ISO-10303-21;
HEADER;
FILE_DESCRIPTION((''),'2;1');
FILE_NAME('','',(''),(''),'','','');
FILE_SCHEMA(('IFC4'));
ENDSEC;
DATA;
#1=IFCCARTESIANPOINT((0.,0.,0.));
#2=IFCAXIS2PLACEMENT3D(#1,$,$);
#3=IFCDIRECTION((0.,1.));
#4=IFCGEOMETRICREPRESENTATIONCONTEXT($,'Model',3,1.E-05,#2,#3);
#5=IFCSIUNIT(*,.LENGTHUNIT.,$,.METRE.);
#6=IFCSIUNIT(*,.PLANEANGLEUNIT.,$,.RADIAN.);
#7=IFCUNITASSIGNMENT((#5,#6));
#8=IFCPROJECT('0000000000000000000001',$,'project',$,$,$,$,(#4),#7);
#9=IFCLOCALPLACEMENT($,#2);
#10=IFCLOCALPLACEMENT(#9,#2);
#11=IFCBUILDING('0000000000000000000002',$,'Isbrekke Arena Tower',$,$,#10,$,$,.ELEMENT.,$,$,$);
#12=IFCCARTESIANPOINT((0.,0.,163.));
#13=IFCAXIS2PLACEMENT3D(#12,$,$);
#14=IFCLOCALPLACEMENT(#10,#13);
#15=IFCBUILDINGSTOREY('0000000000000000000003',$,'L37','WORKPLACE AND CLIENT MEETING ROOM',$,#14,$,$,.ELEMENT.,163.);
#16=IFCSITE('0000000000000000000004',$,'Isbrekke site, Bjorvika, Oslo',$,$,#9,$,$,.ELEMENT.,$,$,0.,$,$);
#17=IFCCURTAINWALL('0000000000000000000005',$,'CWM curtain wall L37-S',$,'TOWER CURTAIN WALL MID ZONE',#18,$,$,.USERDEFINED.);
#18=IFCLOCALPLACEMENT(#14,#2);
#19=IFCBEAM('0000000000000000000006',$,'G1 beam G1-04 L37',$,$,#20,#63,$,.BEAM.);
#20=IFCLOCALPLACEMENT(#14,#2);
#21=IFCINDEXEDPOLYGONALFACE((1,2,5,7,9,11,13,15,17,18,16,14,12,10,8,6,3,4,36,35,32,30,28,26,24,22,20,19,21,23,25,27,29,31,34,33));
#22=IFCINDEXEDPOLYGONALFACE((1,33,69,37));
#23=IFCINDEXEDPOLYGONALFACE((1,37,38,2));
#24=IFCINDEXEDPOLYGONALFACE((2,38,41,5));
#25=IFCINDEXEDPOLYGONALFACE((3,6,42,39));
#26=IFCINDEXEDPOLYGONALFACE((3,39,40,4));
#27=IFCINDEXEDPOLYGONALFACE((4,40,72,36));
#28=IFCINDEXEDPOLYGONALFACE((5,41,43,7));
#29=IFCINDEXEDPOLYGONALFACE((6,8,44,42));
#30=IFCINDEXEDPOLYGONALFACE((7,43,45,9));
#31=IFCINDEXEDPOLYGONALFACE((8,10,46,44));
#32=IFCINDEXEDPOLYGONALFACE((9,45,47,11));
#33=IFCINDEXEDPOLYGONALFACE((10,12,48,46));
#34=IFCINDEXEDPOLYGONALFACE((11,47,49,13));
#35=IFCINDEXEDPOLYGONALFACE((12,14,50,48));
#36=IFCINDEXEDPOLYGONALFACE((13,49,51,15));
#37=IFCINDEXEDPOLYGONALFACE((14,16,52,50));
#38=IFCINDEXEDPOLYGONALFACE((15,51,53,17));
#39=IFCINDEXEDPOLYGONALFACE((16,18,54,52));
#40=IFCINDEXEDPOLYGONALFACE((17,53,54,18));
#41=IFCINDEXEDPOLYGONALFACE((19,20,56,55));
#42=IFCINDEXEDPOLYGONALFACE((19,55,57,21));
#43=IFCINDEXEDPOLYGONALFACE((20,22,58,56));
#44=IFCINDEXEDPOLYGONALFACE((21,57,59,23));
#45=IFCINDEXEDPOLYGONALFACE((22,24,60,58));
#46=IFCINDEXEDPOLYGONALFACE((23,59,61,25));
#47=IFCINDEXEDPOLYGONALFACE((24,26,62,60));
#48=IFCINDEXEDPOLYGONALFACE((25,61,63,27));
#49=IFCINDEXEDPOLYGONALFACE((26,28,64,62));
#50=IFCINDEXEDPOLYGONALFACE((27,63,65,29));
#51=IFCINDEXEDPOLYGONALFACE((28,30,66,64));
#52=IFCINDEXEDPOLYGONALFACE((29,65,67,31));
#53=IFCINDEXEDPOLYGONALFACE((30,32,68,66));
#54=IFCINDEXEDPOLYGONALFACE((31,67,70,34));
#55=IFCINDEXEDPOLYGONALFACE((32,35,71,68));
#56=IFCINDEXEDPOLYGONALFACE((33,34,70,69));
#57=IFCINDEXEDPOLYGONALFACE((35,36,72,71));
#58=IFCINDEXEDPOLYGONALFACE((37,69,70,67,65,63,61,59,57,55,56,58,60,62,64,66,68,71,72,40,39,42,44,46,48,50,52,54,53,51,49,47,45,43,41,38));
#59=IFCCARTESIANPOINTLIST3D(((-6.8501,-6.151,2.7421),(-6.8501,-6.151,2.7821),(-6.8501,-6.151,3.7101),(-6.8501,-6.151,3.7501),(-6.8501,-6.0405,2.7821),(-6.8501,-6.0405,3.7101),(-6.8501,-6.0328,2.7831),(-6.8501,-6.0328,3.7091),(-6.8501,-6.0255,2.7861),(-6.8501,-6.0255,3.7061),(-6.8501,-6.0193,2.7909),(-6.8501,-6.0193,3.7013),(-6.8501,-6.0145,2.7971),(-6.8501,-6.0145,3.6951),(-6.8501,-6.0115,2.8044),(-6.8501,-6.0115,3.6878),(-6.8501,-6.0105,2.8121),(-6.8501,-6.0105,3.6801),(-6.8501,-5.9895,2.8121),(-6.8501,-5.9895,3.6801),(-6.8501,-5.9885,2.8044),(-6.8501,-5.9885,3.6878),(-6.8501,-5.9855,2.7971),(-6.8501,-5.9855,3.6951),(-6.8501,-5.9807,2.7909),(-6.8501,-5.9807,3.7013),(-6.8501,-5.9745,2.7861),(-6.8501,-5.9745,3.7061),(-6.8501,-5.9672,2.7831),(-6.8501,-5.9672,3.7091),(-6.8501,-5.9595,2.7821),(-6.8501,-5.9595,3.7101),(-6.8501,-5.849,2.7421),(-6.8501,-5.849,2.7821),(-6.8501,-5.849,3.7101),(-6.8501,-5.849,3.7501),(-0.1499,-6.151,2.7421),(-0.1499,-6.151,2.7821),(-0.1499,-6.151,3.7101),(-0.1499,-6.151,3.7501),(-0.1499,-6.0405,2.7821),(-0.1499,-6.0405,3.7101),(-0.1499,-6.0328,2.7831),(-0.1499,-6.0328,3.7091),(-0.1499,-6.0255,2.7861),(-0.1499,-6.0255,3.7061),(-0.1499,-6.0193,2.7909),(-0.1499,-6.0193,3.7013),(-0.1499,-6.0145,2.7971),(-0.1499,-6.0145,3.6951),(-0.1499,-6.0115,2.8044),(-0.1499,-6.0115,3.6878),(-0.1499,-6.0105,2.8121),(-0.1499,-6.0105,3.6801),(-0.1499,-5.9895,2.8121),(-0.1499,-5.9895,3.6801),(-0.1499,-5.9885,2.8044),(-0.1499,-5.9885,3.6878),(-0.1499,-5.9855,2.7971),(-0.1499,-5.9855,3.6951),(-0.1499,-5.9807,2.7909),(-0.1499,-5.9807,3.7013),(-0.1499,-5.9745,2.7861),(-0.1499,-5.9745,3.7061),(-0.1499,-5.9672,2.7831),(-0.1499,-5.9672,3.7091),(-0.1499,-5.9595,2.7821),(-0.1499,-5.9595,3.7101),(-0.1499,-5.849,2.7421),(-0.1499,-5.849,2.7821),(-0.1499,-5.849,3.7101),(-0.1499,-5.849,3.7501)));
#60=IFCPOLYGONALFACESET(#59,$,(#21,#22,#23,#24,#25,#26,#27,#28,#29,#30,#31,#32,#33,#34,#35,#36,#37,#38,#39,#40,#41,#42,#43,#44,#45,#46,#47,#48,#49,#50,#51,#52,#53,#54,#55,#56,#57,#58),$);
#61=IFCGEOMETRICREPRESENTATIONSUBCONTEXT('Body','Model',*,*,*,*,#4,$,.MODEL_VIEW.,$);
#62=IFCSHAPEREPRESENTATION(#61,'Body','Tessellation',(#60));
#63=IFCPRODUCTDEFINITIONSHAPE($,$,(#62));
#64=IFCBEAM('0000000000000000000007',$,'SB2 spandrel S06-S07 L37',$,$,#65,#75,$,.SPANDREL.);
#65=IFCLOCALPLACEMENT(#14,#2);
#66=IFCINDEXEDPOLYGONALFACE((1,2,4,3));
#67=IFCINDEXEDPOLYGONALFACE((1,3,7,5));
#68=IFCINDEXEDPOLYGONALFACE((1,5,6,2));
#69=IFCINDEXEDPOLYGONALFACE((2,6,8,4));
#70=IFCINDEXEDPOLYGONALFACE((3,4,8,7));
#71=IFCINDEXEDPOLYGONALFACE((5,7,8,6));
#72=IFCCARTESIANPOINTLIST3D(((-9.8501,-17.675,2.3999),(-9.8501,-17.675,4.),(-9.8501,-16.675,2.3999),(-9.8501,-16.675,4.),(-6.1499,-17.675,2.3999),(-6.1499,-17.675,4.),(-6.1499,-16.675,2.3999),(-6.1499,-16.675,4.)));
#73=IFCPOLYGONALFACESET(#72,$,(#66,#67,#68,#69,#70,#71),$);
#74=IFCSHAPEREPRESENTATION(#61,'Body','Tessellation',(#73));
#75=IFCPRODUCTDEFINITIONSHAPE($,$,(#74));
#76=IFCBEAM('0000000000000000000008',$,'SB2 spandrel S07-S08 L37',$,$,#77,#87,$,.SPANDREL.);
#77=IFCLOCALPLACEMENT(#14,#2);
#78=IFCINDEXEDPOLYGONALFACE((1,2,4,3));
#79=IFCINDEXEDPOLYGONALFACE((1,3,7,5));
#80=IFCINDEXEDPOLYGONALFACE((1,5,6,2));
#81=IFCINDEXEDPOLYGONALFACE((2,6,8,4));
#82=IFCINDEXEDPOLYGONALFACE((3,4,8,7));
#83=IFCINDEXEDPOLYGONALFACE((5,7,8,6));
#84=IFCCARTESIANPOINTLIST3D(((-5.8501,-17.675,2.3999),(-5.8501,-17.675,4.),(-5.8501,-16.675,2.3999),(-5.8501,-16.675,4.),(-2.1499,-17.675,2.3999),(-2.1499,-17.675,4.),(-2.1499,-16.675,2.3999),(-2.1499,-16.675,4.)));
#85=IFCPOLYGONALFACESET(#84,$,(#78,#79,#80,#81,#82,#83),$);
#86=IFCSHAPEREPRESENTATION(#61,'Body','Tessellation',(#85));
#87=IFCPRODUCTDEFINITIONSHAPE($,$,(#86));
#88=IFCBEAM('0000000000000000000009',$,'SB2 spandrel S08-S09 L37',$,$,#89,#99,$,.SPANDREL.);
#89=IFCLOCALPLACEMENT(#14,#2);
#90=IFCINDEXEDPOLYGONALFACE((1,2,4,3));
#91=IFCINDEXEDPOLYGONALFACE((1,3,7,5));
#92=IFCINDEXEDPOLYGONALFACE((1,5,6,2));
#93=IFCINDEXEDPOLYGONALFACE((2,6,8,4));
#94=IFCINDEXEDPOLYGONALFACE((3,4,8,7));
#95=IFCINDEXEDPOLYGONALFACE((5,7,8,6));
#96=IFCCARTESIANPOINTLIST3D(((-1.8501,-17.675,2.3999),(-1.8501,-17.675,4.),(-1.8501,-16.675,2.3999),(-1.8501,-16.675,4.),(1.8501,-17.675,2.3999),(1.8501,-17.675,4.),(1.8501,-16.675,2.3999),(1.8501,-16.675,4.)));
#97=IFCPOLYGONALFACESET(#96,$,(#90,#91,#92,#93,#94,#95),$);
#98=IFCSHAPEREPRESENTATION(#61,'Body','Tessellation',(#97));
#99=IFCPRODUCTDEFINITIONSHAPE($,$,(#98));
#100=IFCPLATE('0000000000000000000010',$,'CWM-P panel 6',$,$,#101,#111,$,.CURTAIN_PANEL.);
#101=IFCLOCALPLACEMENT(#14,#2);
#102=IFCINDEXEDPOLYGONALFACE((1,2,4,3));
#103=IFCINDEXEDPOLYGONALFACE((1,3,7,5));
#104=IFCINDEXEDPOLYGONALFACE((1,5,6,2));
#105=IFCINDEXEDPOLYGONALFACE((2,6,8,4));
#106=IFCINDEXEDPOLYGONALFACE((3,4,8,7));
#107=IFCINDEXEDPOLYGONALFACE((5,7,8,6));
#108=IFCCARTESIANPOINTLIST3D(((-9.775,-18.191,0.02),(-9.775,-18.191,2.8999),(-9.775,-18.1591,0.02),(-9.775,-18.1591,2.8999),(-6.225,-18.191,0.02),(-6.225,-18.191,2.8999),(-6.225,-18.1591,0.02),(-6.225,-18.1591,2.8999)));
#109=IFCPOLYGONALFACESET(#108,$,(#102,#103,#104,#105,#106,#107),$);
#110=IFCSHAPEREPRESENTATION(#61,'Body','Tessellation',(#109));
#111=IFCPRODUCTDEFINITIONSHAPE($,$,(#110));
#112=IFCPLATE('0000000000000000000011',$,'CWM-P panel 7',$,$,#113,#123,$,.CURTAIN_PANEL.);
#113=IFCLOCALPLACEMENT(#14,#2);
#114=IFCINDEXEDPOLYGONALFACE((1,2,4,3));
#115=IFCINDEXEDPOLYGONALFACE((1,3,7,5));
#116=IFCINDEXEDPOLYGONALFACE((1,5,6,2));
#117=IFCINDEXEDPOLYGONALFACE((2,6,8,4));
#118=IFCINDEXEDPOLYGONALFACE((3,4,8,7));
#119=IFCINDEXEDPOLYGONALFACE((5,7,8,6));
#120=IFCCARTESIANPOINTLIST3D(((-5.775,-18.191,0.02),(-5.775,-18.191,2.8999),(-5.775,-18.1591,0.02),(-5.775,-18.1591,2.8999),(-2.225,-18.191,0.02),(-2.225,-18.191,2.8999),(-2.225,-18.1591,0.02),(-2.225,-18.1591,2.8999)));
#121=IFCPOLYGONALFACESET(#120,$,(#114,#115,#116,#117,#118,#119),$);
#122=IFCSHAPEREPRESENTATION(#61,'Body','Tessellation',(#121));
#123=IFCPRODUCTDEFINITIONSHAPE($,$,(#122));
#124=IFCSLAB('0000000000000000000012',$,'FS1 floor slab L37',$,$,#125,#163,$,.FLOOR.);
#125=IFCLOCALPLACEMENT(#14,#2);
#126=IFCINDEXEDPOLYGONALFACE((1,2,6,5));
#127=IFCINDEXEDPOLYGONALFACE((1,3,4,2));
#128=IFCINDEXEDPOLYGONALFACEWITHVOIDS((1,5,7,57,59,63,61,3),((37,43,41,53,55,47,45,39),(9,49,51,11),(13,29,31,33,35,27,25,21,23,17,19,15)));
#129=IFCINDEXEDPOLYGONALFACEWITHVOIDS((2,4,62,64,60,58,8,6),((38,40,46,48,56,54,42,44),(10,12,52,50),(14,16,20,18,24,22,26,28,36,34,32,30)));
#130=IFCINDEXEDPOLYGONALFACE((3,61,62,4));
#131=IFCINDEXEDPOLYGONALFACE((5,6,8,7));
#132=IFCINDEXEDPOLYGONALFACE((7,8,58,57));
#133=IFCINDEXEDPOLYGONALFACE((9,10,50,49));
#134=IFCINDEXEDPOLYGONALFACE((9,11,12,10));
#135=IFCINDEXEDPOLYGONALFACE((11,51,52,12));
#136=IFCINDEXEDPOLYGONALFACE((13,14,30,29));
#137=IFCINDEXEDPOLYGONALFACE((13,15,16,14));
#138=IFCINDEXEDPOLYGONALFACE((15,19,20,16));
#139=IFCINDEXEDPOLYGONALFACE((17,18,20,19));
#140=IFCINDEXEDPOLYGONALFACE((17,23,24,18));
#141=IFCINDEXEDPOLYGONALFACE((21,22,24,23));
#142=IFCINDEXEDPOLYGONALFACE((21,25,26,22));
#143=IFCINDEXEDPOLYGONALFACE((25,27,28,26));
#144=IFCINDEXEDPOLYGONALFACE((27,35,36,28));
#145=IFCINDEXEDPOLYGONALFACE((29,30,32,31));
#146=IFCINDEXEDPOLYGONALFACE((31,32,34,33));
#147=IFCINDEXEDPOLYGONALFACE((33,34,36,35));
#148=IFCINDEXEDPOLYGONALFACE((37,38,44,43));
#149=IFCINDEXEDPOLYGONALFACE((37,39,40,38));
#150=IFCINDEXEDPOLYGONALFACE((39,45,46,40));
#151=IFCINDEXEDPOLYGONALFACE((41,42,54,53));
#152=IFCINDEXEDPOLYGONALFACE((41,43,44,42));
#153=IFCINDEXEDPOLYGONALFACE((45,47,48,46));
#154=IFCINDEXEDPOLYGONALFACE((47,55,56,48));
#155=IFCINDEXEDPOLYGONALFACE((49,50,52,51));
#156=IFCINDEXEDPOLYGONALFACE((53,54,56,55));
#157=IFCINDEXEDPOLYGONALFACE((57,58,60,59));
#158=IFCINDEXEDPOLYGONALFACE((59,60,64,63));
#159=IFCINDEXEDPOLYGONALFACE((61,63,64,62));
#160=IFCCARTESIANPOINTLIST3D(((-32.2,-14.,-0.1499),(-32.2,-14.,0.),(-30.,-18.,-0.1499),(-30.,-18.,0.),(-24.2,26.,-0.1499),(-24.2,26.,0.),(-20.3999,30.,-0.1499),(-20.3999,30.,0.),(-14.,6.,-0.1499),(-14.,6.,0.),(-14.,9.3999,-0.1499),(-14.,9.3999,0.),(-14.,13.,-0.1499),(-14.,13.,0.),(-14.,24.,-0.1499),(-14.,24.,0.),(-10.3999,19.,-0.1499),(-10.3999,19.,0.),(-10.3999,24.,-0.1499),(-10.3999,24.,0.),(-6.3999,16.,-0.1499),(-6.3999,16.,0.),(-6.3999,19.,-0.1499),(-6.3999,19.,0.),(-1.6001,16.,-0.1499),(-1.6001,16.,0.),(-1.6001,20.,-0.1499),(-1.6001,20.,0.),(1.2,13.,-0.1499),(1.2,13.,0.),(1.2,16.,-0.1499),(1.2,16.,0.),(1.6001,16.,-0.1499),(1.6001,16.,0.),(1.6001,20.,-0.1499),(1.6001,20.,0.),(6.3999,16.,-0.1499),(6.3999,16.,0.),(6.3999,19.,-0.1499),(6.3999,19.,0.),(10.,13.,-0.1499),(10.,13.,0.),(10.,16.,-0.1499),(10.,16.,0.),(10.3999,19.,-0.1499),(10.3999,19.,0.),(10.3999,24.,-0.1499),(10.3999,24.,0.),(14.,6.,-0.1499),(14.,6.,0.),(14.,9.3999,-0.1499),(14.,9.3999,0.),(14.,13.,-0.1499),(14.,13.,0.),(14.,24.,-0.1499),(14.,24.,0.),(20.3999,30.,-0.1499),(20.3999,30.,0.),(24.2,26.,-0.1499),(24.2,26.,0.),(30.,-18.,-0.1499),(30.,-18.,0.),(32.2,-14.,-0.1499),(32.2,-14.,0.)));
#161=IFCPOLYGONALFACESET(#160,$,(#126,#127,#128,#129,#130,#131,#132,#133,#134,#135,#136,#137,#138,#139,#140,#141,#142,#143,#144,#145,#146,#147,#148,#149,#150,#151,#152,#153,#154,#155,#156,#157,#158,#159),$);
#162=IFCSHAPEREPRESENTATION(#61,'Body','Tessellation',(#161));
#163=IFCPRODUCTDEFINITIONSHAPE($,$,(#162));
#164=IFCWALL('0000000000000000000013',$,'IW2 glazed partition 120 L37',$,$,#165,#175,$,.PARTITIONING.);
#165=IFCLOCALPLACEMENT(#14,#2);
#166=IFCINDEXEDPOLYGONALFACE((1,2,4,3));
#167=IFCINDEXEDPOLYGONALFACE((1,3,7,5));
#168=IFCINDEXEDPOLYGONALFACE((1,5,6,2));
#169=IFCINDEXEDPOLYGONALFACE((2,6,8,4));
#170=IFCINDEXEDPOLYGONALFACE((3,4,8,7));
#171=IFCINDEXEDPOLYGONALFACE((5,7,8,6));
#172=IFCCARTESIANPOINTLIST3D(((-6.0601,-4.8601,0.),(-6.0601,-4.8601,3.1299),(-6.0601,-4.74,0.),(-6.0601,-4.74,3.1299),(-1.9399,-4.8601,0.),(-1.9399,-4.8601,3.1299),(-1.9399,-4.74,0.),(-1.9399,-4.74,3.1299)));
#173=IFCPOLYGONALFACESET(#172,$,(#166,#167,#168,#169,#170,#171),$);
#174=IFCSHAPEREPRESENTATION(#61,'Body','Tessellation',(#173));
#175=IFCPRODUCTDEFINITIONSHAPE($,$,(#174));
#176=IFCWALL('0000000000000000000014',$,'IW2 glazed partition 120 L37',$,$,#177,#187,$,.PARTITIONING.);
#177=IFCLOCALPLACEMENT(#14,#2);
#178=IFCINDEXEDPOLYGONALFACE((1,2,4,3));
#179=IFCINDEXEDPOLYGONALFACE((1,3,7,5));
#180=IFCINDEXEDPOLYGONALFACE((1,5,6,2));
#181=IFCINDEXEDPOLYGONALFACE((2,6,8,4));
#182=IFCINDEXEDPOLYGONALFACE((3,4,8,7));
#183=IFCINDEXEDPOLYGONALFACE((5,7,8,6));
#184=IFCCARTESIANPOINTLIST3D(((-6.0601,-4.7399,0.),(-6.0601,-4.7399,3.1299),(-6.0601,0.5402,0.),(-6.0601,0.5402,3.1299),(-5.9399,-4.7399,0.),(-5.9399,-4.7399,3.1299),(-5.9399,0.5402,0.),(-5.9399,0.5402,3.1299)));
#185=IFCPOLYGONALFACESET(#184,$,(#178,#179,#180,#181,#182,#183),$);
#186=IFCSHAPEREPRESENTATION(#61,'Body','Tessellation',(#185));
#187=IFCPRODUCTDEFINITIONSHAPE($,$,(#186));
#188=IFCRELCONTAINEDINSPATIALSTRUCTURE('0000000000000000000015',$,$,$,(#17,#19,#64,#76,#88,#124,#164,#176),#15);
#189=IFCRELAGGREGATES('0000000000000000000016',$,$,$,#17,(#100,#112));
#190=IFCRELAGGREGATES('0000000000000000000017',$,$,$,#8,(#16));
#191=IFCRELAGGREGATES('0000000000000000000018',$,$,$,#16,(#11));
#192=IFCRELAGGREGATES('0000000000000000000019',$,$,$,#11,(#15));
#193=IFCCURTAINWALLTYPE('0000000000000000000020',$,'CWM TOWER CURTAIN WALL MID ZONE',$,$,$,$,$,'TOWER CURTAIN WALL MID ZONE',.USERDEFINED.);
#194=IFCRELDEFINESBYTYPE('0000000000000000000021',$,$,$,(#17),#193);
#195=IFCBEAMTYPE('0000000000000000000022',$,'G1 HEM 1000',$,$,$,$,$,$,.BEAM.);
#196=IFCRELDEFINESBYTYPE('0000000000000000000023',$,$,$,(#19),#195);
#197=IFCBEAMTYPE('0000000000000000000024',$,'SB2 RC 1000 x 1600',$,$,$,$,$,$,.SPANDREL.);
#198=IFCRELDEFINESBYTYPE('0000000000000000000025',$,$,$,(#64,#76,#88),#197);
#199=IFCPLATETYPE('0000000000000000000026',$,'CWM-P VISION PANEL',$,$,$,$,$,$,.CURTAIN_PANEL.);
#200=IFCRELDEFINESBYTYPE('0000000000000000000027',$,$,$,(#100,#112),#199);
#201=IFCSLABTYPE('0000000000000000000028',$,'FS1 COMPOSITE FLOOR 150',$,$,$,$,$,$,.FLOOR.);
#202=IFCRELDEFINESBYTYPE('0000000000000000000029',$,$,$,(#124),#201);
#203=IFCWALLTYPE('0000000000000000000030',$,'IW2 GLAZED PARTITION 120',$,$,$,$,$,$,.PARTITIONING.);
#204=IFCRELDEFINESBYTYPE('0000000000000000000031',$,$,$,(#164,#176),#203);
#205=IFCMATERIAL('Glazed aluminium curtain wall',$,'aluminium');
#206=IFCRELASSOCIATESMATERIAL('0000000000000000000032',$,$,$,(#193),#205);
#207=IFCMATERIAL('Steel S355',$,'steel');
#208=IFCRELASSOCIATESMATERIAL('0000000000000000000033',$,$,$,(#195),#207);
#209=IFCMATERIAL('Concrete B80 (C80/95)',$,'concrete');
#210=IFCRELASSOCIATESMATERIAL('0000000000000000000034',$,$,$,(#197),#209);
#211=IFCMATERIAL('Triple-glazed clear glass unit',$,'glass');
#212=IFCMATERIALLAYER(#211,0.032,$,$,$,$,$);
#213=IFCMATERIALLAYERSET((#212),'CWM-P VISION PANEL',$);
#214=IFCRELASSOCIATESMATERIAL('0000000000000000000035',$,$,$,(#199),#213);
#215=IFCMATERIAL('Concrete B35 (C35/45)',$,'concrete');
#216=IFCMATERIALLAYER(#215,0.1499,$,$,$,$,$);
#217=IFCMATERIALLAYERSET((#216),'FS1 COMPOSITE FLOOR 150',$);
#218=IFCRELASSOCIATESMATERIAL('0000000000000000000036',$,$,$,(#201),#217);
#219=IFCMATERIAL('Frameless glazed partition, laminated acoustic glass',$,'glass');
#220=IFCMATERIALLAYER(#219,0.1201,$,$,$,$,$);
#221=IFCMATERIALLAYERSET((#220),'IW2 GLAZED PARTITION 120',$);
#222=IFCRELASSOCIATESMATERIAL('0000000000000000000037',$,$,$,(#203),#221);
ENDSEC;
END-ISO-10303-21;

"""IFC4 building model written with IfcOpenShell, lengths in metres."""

from ifc_helpers import new_model, si_unit, direction, frame, frame_2d, origin, origin_2d, place, context, subcontext, project, spatial, polyline, rectangle, i_section, outline, extrude, material, layer, layer_set, material_profile, profile_set, type_object, element, aggregate, save


model = new_model("IFC4")

# Units and contexts
model_context = context("Model", 3, precision=1e-05, world=origin(), true_north=direction((0.0, 1.0)))
body_context = subcontext(model_context, "Body", "Model", "MODEL_VIEW")
ifc_project = project(units=[si_unit("LENGTHUNIT", "METRE"), si_unit("PLANEANGLEUNIT", "RADIAN")], contexts=[model_context])

# Site, building, storey
site_placement = place(None, origin())
site = spatial("IfcSite", under=ifc_project, at=site_placement, Name="Isbrekke site, Bjorvika, Oslo", CompositionType="ELEMENT", RefElevation=0.0)
building_placement = place(site_placement, origin())
building = spatial("IfcBuilding", under=site, at=building_placement, Name="Isbrekke Arena Tower", CompositionType="ELEMENT")
storey_placement = place(building_placement, frame((0.0, 0.0, 163.0)))
storey = spatial("IfcBuildingStorey", under=building, at=storey_placement, Name="L37", Description="WORKPLACE AND CLIENT MEETING ROOM", CompositionType="ELEMENT", Elevation=163.0)

# Curtain wall
ifc_material_1 = material(Name="Glazed aluminium curtain wall", Category="aluminium")
curtain_wall_type = type_object("IfcCurtainWallType", Name="CWM TOWER CURTAIN WALL MID ZONE", ElementType="TOWER CURTAIN WALL MID ZONE", PredefinedType="USERDEFINED", material=ifc_material_1)
curtain_wall_placement = place(storey_placement, origin())
curtain_wall = element("IfcCurtainWall", 1, at=curtain_wall_placement, inside=storey, type_object=curtain_wall_type, Name="CWM curtain wall L37-S", ObjectType="TOWER CURTAIN WALL MID ZONE", PredefinedType="USERDEFINED")

# Beams
ifc_material_2 = material(Name="Steel S355", Category="steel")
ifc_material_profile_1 = material_profile(ifc_material_2, i_section(OverallWidth=0.302, OverallDepth=1.0081, WebThickness=0.021, FlangeThickness=0.04, FilletRadius=0.03, at=origin_2d()), Name="HEM 1000")
ifc_profile_set_1 = profile_set([ifc_material_profile_1], Name="Steel S355")
beam_type_1 = type_object("IfcBeamType", Name="G1 HEM 1000", PredefinedType="BEAM", material=ifc_profile_set_1)
beam_1_placement = place(storey_placement, frame((-6.8501, -6.0, 3.2461), z_axis=(1.0, 0.0, 0.0), x_axis=(0.0, 1.0, 0.0)))
element("IfcBeam", 2, at=beam_1_placement, inside=storey, type_object=beam_type_1, Name="G1 beam G1-04 L37", PredefinedType="BEAM", context=body_context, shape_type="SweptSolid", body=[
    extrude(i_section(OverallWidth=0.302, OverallDepth=1.0081, WebThickness=0.021, FlangeThickness=0.04, FilletRadius=0.03, at=origin_2d()), origin(), (0.0, 0.0, 1.0), 6.7002),
])
ifc_material_3 = material(Name="Concrete B80 (C80/95)", Category="concrete")
ifc_material_profile_2 = material_profile(ifc_material_3, rectangle(XDim=1.0, YDim=1.6001, at=origin_2d()), Name="RC 1000x1600")
ifc_profile_set_2 = profile_set([ifc_material_profile_2], Name="Concrete B80 (C80/95)")
beam_type_2 = type_object("IfcBeamType", Name="SB2 RC 1000 x 1600", PredefinedType="SPANDREL", material=ifc_profile_set_2)
for number, where, z_axis, x_axis, name in (
    (3, (-9.8501, -17.175, 3.2), (1.0, 0.0, 0.0), (0.0, 1.0, 0.0), "SB2 spandrel S06-S07 L37"),
    (4, (-5.8501, -17.175, 3.2), (1.0, 0.0, 0.0), (0.0, 1.0, 0.0), "SB2 spandrel S07-S08 L37"),
    (5, (-1.8501, -17.175, 3.2), (1.0, 0.0, 0.0), (0.0, 1.0, 0.0), "SB2 spandrel S08-S09 L37"),
):
    element("IfcBeam", number, at=place(storey_placement, frame(where, z_axis=z_axis, x_axis=x_axis)), inside=storey, type_object=beam_type_2, Name=name, PredefinedType="SPANDREL", context=body_context, shape_type="SweptSolid", body=[
        extrude(rectangle(XDim=1.0, YDim=1.6001, at=origin_2d()), origin(), (0.0, 0.0, 1.0), 3.7002),
    ])

# Plates
ifc_material_4 = material(Name="Triple-glazed clear glass unit", Category="glass")
ifc_layer_1 = layer(ifc_material_4, 0.032)
ifc_layer_set_1 = layer_set([ifc_layer_1], Name="CWM-P VISION PANEL")
plate_type = type_object("IfcPlateType", Name="CWM-P VISION PANEL", PredefinedType="CURTAIN_PANEL", material=ifc_layer_set_1)
plate_1_placement = place(storey_placement, frame((-8.0, -18.175, 0.02), z_axis=(0.0, 0.0, 1.0), x_axis=(1.0, 0.0, 0.0)))
plate_1 = element("IfcPlate", 6, at=plate_1_placement, type_object=plate_type, Name="CWM-P panel 6", PredefinedType="CURTAIN_PANEL", context=body_context, shape_type="SweptSolid", body=[
    extrude(rectangle(XDim=3.55, YDim=0.032, at=origin_2d()), origin(), (0.0, 0.0, 1.0), 2.8799),
])
plate_2_placement = place(storey_placement, frame((-4.0, -18.175, 0.02), z_axis=(0.0, 0.0, 1.0), x_axis=(1.0, 0.0, 0.0)))
plate_2 = element("IfcPlate", 7, at=plate_2_placement, type_object=plate_type, Name="CWM-P panel 7", PredefinedType="CURTAIN_PANEL", context=body_context, shape_type="SweptSolid", body=[
    extrude(rectangle(XDim=3.55, YDim=0.032, at=origin_2d()), origin(), (0.0, 0.0, 1.0), 2.8799),
])
aggregate(curtain_wall, [plate_1, plate_2])

# Slab
ifc_material_5 = material(Name="Concrete B35 (C35/45)", Category="concrete")
ifc_layer_2 = layer(ifc_material_5, 0.1499)
ifc_layer_set_2 = layer_set([ifc_layer_2], Name="FS1 COMPOSITE FLOOR 150")
slab_type = type_object("IfcSlabType", Name="FS1 COMPOSITE FLOOR 150", PredefinedType="FLOOR", material=ifc_layer_set_2)
slab_placement = place(storey_placement, frame((0.0, 0.0, -0.1499)))
element("IfcSlab", 8, at=slab_placement, inside=storey, type_object=slab_type, Name="FS1 floor slab L37", PredefinedType="FLOOR", context=body_context, shape_type="SweptSolid", body=[
    extrude(outline(polyline([(-30.0, -18.0), (30.0, -18.0), (32.2, -14.0), (24.2, 26.0), (20.3999, 30.0), (-20.3999, 30.0), (-24.2, 26.0), (-32.2, -14.0), (-30.0, -18.0)]), holes=[polyline([(14.0, 9.3999), (14.0, 6.0), (-14.0, 6.0), (-14.0, 9.3999), (14.0, 9.3999)]), polyline([(-6.3999, 19.0), (-6.3999, 16.0), (-1.6001, 16.0), (-1.6001, 20.0), (1.6001, 20.0), (1.6001, 16.0), (1.2, 16.0), (1.2, 13.0), (-14.0, 13.0), (-14.0, 24.0), (-10.3999, 24.0), (-10.3999, 19.0), (-6.3999, 19.0)]), polyline([(10.0, 13.0), (10.0, 16.0), (6.3999, 16.0), (6.3999, 19.0), (10.3999, 19.0), (10.3999, 24.0), (14.0, 24.0), (14.0, 13.0), (10.0, 13.0)])]), origin(), (0.0, 0.0, 1.0), 0.1499),
])

# Wall
ifc_material_6 = material(Name="Frameless glazed partition, laminated acoustic glass", Category="glass")
ifc_layer_3 = layer(ifc_material_6, 0.1201)
ifc_layer_set_3 = layer_set([ifc_layer_3], Name="IW2 GLAZED PARTITION 120")
wall_type_1 = type_object("IfcWallType", Name="IW2 GLAZED PARTITION 120", PredefinedType="PARTITIONING", material=ifc_layer_set_3)
wall_1_placement = place(storey_placement, frame((-6.0601, -4.8, 0.0), z_axis=(0.0, 0.0, 1.0), x_axis=(1.0, 0.0, 0.0)))
element("IfcWall", 9, at=wall_1_placement, inside=storey, type_object=wall_type_1, Name="IW2 glazed partition 120 L37", PredefinedType="PARTITIONING", context=body_context, shape_type="SweptSolid", body=[
    extrude(rectangle(XDim=4.1201, YDim=0.1201, at=frame_2d((2.0601, 0.0))), origin(), (0.0, 0.0, 1.0), 3.1299),
])

# Wall
for number, where, z_axis, x_axis, name in (
    (10, (-6.0, -4.74, 0.0), (0.0, 0.0, 1.0), (0.0, 1.0, 0.0), "IW2 glazed partition 120 L37"),
):
    element("IfcWall", number, at=place(storey_placement, frame(where, z_axis=z_axis, x_axis=x_axis)), inside=storey, type_object=wall_type_1, Name=name, PredefinedType="PARTITIONING", context=body_context, shape_type="SweptSolid", body=[
        extrude(rectangle(XDim=5.28, YDim=0.1201, at=frame_2d((2.6401, 0.0))), origin(), (0.0, 0.0, 1.0), 3.1299),
    ])

save(model, "model.ifc")
